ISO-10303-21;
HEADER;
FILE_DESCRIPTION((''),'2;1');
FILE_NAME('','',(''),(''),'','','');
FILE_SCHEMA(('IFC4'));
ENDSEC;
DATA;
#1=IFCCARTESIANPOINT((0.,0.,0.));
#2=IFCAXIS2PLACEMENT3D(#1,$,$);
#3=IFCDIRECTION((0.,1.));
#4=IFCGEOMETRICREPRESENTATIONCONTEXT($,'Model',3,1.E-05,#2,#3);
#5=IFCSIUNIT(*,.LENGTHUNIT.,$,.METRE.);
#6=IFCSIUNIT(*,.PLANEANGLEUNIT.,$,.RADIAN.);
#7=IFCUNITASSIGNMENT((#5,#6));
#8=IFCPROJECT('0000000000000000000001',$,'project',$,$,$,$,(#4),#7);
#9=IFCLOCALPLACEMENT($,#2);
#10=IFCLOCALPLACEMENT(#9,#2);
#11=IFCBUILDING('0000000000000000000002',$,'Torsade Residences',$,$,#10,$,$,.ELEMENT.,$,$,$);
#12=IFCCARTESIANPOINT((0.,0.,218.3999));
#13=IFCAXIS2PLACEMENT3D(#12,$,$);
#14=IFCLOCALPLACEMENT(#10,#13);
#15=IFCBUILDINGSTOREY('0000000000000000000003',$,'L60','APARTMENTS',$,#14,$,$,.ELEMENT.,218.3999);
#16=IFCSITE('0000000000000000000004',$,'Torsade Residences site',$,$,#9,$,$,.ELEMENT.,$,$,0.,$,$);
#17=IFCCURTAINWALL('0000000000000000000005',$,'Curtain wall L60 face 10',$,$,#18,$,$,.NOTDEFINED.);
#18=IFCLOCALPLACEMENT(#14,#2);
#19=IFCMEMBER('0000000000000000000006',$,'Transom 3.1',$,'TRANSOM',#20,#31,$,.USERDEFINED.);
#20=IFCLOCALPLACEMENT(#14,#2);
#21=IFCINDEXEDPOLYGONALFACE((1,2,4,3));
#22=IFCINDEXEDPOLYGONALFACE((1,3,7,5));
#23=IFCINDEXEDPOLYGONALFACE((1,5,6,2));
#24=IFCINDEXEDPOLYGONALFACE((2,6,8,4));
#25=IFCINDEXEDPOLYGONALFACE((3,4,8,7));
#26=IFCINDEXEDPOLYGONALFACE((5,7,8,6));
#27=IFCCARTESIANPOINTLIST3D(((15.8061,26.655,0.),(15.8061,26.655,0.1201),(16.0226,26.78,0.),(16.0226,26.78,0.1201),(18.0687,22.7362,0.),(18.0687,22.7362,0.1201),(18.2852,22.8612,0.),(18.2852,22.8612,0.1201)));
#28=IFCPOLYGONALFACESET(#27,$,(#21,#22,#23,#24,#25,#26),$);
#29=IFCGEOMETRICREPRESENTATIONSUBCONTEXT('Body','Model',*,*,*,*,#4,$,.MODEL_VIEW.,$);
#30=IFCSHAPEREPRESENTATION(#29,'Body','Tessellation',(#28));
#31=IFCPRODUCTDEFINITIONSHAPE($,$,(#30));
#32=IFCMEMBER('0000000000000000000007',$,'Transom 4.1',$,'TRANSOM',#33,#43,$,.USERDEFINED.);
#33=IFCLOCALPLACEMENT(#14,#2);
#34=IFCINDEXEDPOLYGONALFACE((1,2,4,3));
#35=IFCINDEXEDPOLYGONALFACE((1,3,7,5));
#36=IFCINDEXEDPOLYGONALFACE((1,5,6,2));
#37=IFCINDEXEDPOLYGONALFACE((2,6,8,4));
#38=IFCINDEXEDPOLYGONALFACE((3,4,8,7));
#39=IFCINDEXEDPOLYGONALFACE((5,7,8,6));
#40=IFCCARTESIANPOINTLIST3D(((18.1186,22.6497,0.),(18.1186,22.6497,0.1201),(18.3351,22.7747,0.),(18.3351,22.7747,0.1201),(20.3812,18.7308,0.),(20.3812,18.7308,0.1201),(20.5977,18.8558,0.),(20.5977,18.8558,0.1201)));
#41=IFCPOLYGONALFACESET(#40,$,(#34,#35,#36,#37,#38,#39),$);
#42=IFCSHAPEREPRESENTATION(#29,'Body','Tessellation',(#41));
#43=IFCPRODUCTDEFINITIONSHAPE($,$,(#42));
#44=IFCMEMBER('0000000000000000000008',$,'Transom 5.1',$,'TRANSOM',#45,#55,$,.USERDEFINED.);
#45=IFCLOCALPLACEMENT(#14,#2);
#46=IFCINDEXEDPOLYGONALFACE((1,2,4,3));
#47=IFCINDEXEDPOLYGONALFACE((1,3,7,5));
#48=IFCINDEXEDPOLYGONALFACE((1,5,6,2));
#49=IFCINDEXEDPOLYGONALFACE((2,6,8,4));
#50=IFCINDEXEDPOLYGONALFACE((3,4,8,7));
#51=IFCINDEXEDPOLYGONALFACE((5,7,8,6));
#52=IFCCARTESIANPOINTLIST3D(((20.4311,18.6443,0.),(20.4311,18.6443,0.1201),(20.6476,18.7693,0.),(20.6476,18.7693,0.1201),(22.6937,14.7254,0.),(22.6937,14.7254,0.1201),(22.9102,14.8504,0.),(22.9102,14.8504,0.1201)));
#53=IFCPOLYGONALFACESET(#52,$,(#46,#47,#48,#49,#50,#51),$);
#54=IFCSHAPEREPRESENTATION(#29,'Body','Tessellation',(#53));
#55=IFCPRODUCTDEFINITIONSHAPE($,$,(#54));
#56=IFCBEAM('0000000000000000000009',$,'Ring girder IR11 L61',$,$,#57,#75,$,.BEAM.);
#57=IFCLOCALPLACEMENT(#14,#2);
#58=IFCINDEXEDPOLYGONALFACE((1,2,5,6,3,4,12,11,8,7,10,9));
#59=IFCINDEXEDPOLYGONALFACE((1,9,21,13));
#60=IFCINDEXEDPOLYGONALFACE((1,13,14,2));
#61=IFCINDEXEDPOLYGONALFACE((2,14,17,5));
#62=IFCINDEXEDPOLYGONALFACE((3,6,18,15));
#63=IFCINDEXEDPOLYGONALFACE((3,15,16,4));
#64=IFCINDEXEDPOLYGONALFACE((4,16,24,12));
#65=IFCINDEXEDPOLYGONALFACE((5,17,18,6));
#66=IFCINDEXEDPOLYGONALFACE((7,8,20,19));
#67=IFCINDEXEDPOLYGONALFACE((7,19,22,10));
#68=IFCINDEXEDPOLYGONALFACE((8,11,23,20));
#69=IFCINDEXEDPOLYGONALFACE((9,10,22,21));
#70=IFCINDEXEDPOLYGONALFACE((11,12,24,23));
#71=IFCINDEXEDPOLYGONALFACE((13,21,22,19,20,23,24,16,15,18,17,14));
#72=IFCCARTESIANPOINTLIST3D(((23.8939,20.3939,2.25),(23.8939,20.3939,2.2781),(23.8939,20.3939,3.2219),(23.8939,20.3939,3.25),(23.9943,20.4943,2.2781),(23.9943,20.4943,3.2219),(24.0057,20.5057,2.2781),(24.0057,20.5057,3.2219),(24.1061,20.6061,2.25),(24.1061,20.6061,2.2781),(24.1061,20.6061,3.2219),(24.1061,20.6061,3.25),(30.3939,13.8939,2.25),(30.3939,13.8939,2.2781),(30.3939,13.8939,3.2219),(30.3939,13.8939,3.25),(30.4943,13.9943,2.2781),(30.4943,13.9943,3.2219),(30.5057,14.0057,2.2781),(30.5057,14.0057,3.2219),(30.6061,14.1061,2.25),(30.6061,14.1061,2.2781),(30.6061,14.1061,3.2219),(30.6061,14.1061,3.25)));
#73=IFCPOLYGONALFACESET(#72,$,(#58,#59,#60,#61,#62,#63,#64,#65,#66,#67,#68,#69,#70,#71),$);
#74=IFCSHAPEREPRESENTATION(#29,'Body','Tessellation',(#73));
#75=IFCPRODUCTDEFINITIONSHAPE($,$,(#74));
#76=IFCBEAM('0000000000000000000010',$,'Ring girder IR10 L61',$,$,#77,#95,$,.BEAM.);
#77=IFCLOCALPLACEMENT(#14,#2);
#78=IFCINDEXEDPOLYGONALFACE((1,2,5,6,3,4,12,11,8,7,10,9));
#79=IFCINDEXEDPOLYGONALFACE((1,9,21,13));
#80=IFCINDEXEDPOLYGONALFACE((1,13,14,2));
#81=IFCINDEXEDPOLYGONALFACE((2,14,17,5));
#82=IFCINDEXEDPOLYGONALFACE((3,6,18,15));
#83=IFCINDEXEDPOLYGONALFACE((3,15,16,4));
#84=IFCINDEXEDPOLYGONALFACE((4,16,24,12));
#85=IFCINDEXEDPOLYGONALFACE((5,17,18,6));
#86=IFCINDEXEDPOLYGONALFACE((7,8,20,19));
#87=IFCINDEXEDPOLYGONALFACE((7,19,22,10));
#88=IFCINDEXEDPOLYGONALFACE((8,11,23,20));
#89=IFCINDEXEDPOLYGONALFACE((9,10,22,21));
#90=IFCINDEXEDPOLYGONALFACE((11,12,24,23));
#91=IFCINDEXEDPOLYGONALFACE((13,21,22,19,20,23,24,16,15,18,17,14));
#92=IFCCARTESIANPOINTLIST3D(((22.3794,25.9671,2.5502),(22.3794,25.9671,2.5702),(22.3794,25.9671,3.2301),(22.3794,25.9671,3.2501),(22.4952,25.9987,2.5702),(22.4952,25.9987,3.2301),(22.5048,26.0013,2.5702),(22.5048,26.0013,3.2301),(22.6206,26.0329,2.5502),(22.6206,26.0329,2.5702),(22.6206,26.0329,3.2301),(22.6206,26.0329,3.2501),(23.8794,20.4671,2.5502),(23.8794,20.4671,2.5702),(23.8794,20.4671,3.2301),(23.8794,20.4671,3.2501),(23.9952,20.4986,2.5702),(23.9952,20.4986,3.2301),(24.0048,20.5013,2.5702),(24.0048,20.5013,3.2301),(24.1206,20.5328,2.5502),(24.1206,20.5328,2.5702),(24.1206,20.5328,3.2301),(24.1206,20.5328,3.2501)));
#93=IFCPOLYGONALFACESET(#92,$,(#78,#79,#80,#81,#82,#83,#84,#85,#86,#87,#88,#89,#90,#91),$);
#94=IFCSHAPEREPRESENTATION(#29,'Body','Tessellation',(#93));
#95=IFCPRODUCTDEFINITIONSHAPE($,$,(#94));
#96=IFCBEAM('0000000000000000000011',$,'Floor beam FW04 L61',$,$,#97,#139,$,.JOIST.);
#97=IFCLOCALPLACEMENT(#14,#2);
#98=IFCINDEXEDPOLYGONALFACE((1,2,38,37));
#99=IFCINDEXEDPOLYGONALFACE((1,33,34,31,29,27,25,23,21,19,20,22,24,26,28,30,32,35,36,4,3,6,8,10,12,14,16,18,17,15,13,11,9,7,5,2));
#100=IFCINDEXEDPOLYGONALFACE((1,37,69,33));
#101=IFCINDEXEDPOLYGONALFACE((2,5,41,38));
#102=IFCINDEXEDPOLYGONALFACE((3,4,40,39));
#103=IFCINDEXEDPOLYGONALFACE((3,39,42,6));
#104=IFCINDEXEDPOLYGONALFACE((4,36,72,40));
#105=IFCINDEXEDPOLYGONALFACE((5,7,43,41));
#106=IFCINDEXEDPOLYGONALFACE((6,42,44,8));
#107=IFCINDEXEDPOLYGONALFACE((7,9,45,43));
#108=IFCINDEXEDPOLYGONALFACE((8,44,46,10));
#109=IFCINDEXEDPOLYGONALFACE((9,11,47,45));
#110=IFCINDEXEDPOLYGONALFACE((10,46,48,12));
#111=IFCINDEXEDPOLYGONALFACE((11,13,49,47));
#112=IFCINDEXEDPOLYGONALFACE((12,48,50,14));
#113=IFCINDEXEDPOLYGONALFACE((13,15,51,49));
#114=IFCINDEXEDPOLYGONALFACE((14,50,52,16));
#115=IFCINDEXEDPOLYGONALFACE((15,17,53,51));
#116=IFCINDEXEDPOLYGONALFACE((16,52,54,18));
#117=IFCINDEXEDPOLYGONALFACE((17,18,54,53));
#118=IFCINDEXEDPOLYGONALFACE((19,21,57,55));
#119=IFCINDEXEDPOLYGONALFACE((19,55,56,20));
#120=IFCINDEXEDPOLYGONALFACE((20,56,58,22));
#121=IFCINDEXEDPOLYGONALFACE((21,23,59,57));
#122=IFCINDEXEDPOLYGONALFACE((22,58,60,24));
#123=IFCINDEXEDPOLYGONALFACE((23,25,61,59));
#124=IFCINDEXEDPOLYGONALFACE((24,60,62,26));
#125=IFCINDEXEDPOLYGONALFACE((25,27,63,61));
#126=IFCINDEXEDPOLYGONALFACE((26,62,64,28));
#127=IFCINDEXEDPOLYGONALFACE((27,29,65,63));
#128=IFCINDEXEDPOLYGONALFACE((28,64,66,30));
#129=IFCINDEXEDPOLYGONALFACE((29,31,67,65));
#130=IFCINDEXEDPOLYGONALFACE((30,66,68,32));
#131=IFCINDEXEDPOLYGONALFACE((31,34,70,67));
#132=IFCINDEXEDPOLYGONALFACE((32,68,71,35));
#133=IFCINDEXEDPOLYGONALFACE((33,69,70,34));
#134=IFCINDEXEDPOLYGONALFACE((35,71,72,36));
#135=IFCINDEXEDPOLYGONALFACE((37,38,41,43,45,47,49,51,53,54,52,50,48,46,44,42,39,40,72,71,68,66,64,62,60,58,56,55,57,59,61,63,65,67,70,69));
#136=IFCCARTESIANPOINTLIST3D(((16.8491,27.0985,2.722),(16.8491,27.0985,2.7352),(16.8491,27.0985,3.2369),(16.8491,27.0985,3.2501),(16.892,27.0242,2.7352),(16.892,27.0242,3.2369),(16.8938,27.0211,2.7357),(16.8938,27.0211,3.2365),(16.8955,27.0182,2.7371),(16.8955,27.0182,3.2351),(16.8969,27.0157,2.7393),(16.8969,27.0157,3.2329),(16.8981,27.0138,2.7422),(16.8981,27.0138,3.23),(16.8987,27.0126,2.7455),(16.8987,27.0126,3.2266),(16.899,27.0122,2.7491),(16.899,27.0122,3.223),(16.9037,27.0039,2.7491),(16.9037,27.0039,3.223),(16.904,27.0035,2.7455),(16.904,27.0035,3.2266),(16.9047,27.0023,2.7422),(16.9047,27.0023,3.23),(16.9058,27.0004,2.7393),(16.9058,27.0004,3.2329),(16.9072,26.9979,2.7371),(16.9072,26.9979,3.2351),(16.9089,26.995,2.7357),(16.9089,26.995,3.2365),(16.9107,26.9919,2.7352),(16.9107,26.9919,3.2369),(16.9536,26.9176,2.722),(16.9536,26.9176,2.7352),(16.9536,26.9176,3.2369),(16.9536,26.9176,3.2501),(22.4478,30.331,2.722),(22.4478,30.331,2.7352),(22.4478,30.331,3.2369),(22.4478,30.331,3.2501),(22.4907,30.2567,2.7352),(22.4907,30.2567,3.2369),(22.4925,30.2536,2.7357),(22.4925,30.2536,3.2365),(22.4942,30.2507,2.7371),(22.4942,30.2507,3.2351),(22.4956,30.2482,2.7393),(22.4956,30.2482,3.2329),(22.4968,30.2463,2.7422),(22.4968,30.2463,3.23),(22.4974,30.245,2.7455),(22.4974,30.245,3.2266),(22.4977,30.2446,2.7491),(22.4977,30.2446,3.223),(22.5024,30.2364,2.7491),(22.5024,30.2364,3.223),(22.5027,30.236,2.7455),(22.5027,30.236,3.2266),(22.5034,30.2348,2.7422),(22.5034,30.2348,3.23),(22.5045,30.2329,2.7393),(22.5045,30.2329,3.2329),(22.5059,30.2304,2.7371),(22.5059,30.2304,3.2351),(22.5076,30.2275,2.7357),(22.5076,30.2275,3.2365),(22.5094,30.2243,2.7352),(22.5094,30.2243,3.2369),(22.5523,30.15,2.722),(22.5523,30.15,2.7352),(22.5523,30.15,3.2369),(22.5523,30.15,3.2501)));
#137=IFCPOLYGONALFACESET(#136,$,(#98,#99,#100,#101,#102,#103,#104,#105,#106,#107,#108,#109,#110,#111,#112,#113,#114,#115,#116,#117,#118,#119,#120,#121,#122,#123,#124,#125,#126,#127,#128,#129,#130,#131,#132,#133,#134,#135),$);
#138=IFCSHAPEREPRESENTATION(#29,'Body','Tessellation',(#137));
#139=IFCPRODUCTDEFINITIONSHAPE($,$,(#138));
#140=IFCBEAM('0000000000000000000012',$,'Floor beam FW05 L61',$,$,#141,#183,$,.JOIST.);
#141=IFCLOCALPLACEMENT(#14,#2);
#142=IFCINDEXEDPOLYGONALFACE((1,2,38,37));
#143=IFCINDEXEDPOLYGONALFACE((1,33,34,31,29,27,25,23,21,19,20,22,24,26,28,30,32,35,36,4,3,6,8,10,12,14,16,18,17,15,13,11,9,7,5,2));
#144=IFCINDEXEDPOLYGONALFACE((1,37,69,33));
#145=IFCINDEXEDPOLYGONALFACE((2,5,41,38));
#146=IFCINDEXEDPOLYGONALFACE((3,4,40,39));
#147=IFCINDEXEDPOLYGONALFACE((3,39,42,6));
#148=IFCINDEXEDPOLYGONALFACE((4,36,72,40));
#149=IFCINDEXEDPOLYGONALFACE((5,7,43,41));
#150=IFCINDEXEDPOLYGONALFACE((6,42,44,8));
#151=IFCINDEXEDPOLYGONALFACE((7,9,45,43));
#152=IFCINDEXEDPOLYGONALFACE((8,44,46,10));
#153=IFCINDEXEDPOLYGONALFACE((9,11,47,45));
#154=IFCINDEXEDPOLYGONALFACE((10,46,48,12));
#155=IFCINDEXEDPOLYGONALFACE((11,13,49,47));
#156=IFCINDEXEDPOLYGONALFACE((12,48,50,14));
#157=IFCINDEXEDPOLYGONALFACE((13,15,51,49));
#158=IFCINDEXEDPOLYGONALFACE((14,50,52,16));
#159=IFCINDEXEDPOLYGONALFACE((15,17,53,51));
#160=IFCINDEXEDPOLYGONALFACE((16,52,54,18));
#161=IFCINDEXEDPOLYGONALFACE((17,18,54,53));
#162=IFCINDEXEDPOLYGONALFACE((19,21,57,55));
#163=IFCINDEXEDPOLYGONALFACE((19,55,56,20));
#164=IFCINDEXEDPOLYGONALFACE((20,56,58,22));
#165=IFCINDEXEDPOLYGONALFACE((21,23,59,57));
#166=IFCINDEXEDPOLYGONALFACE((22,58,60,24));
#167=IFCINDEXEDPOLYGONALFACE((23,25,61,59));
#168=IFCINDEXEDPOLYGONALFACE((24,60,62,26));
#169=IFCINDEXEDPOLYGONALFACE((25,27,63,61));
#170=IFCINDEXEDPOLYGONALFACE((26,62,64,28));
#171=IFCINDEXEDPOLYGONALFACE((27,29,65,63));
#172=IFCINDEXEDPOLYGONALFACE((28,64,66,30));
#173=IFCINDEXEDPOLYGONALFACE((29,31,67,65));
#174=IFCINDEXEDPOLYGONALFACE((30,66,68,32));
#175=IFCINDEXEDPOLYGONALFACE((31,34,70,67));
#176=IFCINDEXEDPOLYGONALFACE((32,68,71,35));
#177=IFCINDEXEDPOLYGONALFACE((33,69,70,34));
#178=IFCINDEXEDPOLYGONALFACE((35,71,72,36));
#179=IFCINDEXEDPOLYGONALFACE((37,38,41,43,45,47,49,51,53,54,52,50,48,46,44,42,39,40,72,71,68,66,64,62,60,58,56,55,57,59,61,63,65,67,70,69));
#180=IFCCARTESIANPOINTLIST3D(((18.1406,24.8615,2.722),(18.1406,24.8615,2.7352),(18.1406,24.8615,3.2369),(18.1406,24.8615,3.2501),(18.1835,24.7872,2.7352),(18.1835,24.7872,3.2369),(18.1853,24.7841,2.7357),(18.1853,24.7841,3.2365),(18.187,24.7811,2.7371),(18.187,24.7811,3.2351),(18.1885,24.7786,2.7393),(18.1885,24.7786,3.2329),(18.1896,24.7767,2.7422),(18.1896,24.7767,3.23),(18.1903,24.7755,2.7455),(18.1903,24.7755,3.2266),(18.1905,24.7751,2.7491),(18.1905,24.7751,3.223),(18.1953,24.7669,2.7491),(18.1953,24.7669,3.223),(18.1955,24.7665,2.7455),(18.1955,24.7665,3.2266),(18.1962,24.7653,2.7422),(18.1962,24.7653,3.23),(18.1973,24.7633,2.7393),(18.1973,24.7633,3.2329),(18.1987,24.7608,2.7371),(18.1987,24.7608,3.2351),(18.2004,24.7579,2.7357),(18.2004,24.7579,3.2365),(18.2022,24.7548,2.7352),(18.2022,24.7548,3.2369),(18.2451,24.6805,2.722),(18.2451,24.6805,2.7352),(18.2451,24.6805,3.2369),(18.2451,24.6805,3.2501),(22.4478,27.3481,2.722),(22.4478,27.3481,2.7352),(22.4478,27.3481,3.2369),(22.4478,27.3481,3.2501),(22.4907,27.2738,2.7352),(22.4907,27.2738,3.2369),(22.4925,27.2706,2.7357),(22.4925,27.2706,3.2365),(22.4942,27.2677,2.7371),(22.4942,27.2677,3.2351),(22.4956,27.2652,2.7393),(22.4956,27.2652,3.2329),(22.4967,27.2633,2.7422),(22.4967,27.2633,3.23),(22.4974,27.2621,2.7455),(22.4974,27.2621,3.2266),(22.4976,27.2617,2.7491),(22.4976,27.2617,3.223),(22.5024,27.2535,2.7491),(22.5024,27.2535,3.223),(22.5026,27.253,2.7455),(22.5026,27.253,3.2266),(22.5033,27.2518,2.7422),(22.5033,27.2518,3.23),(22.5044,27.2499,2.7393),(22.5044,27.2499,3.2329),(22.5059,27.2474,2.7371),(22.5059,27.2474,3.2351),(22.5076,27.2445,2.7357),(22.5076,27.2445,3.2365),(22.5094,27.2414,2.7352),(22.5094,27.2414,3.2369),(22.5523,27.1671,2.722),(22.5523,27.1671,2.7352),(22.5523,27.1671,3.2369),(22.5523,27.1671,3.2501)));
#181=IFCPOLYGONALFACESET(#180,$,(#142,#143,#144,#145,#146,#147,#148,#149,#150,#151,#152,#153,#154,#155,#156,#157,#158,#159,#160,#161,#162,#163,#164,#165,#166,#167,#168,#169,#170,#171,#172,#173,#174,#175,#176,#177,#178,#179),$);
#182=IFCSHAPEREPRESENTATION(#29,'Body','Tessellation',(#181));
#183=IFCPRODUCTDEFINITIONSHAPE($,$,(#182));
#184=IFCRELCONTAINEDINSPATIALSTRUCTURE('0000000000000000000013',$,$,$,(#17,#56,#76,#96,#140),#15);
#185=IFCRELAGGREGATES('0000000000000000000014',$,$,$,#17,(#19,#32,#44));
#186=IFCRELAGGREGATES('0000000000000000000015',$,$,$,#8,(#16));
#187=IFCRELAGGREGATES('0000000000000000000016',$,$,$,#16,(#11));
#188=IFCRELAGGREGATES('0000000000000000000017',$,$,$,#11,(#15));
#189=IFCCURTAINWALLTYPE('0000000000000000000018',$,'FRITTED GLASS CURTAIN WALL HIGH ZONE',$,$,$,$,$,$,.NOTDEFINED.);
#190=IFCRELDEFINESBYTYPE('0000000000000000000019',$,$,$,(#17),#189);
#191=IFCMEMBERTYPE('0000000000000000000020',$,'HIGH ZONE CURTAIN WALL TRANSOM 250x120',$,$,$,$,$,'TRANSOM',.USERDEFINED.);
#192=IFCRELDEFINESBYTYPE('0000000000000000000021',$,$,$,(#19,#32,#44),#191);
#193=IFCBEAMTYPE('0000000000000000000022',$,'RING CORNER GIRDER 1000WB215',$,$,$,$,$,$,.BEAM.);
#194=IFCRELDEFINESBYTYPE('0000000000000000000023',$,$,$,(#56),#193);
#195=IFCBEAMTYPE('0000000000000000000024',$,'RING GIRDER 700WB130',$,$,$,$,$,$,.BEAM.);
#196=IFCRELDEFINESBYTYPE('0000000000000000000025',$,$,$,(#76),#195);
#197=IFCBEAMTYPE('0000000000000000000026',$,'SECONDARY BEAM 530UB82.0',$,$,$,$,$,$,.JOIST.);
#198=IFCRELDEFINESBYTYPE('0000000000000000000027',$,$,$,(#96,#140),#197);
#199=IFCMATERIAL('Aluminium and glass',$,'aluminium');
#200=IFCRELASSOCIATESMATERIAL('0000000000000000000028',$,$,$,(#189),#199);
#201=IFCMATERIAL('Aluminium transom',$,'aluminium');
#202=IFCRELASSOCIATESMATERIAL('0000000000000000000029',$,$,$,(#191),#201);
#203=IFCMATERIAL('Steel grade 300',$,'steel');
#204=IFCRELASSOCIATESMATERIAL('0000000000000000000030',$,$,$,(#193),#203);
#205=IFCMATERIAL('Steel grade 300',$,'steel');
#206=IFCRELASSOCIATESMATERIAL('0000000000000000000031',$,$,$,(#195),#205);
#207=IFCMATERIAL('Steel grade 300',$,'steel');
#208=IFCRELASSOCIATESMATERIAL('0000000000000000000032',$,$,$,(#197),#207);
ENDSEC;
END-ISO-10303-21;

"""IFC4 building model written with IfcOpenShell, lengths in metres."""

from ifc_helpers import new_model, si_unit, direction, frame, origin, origin_2d, place, context, subcontext, project, spatial, rectangle, i_section, extrude, material, material_profile, profile_set, type_object, element, aggregate, save


model = new_model("IFC4")

# Units and contexts
model_context = context("Model", 3, precision=1e-05, world=origin(), true_north=direction((0.0, 1.0)))
body_context = subcontext(model_context, "Body", "Model", "MODEL_VIEW")
ifc_project = project(units=[si_unit("LENGTHUNIT", "METRE"), si_unit("PLANEANGLEUNIT", "RADIAN")], contexts=[model_context])

# Site, building, storey
site_placement = place(None, origin())
site = spatial("IfcSite", under=ifc_project, at=site_placement, Name="Torsade Residences site", CompositionType="ELEMENT", RefElevation=0.0)
building_placement = place(site_placement, origin())
building = spatial("IfcBuilding", under=site, at=building_placement, Name="Torsade Residences", CompositionType="ELEMENT")
storey_placement = place(building_placement, frame((0.0, 0.0, 218.3999)))
storey = spatial("IfcBuildingStorey", under=building, at=storey_placement, Name="L60", Description="APARTMENTS", CompositionType="ELEMENT", Elevation=218.3999)

# Curtain wall, members
ifc_material_1 = material(Name="Aluminium and glass", Category="aluminium")
curtain_wall_type = type_object("IfcCurtainWallType", Name="FRITTED GLASS CURTAIN WALL HIGH ZONE", PredefinedType="NOTDEFINED", material=ifc_material_1)
curtain_wall_placement = place(storey_placement, origin())
curtain_wall = element("IfcCurtainWall", 1, at=curtain_wall_placement, inside=storey, type_object=curtain_wall_type, Name="Curtain wall L60 face 10", PredefinedType="NOTDEFINED")
ifc_material_2 = material(Name="Aluminium transom", Category="aluminium")
ifc_material_profile_1 = material_profile(ifc_material_2, rectangle(XDim=0.25, YDim=0.1201, at=origin_2d()), Name="HIGH ZONE CURTAIN WALL TRANSOM 250x120")
ifc_profile_set_1 = profile_set([ifc_material_profile_1], Name="Aluminium transom")
member_type_1 = type_object("IfcMemberType", Name="HIGH ZONE CURTAIN WALL TRANSOM 250x120", ElementType="TRANSOM", PredefinedType="USERDEFINED", material=ifc_profile_set_1)
member_1_placement = place(storey_placement, frame((15.9143, 26.7175, 0.0601), z_axis=(0.500015, -0.866017, 0.0), x_axis=(0.866017, 0.500015, 0.0)))
member_1 = element("IfcMember", 2, at=member_1_placement, type_object=member_type_1, Name="Transom 3.1", ObjectType="TRANSOM", PredefinedType="USERDEFINED", context=body_context, shape_type="SweptSolid", body=[
    extrude(rectangle(XDim=0.25, YDim=0.1201, at=origin_2d()), origin(), (0.0, 0.0, 1.0), 4.5251),
])
member_2_placement = place(storey_placement, frame((18.2268, 22.7122, 0.0601), z_axis=(0.500015, -0.866017, 0.0), x_axis=(0.866017, 0.500015, 0.0)))
member_2 = element("IfcMember", 3, at=member_2_placement, type_object=member_type_1, Name="Transom 4.1", ObjectType="TRANSOM", PredefinedType="USERDEFINED", context=body_context, shape_type="SweptSolid", body=[
    extrude(rectangle(XDim=0.25, YDim=0.1201, at=origin_2d()), origin(), (0.0, 0.0, 1.0), 4.5251),
])
member_3_placement = place(storey_placement, frame((20.5393, 18.7068, 0.0601), z_axis=(0.500015, -0.866017, 0.0), x_axis=(0.866017, 0.500015, 0.0)))
member_3 = element("IfcMember", 4, at=member_3_placement, type_object=member_type_1, Name="Transom 5.1", ObjectType="TRANSOM", PredefinedType="USERDEFINED", context=body_context, shape_type="SweptSolid", body=[
    extrude(rectangle(XDim=0.25, YDim=0.1201, at=origin_2d()), origin(), (0.0, 0.0, 1.0), 4.5251),
])

# Beams
ifc_material_3 = material(Name="Steel grade 300", Category="steel")
ifc_material_profile_2 = material_profile(ifc_material_3, i_section(OverallWidth=0.3, OverallDepth=1.0, WebThickness=0.0161, FlangeThickness=0.0281, at=origin_2d()), Name="1000WB215")
ifc_profile_set_2 = profile_set([ifc_material_profile_2], Name="Steel grade 300")
beam_type_1 = type_object("IfcBeamType", Name="RING CORNER GIRDER 1000WB215", PredefinedType="BEAM", material=ifc_profile_set_2)
beam_1_placement = place(storey_placement, frame((24.0, 20.5, 2.75), z_axis=(0.707107, -0.707107, 0.0), x_axis=(0.707107, 0.707107, 0.0)))
element("IfcBeam", 5, at=beam_1_placement, inside=storey, type_object=beam_type_1, Name="Ring girder IR11 L61", PredefinedType="BEAM", context=body_context, shape_type="SweptSolid", body=[
    extrude(i_section(OverallWidth=0.3, OverallDepth=1.0, WebThickness=0.0161, FlangeThickness=0.0281, at=origin_2d()), origin(), (0.0, 0.0, 1.0), 9.1924),
])
ifc_material_4 = material(Name="Steel grade 300", Category="steel")
ifc_material_profile_3 = material_profile(ifc_material_4, i_section(OverallWidth=0.25, OverallDepth=0.7, WebThickness=0.01, FlangeThickness=0.02, at=origin_2d()), Name="700WB130")
ifc_profile_set_3 = profile_set([ifc_material_profile_3], Name="Steel grade 300")
beam_type_2 = type_object("IfcBeamType", Name="RING GIRDER 700WB130", PredefinedType="BEAM", material=ifc_profile_set_3)
beam_2_placement = place(storey_placement, frame((22.5, 26.0, 2.9001), z_axis=(0.263117, -0.964764, 0.0), x_axis=(0.964764, 0.263117, 0.0)))
element("IfcBeam", 6, at=beam_2_placement, inside=storey, type_object=beam_type_2, Name="Ring girder IR10 L61", PredefinedType="BEAM", context=body_context, shape_type="SweptSolid", body=[
    extrude(i_section(OverallWidth=0.25, OverallDepth=0.7, WebThickness=0.01, FlangeThickness=0.02, at=origin_2d()), origin(), (0.0, 0.0, 1.0), 5.7009),
])
ifc_material_5 = material(Name="Steel grade 300", Category="steel")
ifc_material_profile_4 = material_profile(ifc_material_5, i_section(OverallWidth=0.209, OverallDepth=0.5281, WebThickness=0.0095, FlangeThickness=0.0132, FilletRadius=0.0139, at=origin_2d()), Name="530UB82.0")
ifc_profile_set_4 = profile_set([ifc_material_profile_4], Name="Steel grade 300")
beam_type_3 = type_object("IfcBeamType", Name="SECONDARY BEAM 530UB82.0", PredefinedType="JOIST", material=ifc_profile_set_4)
beam_3_placement = place(storey_placement, frame((16.9014, 27.0081, 2.9861), z_axis=(0.866022, 0.500006, 0.0), x_axis=(-0.500006, 0.866022, 0.0)))
element("IfcBeam", 7, at=beam_3_placement, inside=storey, type_object=beam_type_3, Name="Floor beam FW04 L61", PredefinedType="JOIST", context=body_context, shape_type="SweptSolid", body=[
    extrude(i_section(OverallWidth=0.209, OverallDepth=0.5281, WebThickness=0.0095, FlangeThickness=0.0132, FilletRadius=0.0139, at=origin_2d()), origin(), (0.0, 0.0, 1.0), 6.4648),
])
beam_4_placement = place(storey_placement, frame((18.1929, 24.771, 2.9861), z_axis=(0.866038, 0.499977, 0.0), x_axis=(-0.499977, 0.866038, 0.0)))
element("IfcBeam", 8, at=beam_4_placement, inside=storey, type_object=beam_type_3, Name="Floor beam FW05 L61", PredefinedType="JOIST", context=body_context, shape_type="SweptSolid", body=[
    extrude(i_section(OverallWidth=0.209, OverallDepth=0.5281, WebThickness=0.0095, FlangeThickness=0.0132, FilletRadius=0.0139, at=origin_2d()), origin(), (0.0, 0.0, 1.0), 4.9734),
])

aggregate(curtain_wall, [member_1, member_2, member_3])

save(model, "model.ifc")
